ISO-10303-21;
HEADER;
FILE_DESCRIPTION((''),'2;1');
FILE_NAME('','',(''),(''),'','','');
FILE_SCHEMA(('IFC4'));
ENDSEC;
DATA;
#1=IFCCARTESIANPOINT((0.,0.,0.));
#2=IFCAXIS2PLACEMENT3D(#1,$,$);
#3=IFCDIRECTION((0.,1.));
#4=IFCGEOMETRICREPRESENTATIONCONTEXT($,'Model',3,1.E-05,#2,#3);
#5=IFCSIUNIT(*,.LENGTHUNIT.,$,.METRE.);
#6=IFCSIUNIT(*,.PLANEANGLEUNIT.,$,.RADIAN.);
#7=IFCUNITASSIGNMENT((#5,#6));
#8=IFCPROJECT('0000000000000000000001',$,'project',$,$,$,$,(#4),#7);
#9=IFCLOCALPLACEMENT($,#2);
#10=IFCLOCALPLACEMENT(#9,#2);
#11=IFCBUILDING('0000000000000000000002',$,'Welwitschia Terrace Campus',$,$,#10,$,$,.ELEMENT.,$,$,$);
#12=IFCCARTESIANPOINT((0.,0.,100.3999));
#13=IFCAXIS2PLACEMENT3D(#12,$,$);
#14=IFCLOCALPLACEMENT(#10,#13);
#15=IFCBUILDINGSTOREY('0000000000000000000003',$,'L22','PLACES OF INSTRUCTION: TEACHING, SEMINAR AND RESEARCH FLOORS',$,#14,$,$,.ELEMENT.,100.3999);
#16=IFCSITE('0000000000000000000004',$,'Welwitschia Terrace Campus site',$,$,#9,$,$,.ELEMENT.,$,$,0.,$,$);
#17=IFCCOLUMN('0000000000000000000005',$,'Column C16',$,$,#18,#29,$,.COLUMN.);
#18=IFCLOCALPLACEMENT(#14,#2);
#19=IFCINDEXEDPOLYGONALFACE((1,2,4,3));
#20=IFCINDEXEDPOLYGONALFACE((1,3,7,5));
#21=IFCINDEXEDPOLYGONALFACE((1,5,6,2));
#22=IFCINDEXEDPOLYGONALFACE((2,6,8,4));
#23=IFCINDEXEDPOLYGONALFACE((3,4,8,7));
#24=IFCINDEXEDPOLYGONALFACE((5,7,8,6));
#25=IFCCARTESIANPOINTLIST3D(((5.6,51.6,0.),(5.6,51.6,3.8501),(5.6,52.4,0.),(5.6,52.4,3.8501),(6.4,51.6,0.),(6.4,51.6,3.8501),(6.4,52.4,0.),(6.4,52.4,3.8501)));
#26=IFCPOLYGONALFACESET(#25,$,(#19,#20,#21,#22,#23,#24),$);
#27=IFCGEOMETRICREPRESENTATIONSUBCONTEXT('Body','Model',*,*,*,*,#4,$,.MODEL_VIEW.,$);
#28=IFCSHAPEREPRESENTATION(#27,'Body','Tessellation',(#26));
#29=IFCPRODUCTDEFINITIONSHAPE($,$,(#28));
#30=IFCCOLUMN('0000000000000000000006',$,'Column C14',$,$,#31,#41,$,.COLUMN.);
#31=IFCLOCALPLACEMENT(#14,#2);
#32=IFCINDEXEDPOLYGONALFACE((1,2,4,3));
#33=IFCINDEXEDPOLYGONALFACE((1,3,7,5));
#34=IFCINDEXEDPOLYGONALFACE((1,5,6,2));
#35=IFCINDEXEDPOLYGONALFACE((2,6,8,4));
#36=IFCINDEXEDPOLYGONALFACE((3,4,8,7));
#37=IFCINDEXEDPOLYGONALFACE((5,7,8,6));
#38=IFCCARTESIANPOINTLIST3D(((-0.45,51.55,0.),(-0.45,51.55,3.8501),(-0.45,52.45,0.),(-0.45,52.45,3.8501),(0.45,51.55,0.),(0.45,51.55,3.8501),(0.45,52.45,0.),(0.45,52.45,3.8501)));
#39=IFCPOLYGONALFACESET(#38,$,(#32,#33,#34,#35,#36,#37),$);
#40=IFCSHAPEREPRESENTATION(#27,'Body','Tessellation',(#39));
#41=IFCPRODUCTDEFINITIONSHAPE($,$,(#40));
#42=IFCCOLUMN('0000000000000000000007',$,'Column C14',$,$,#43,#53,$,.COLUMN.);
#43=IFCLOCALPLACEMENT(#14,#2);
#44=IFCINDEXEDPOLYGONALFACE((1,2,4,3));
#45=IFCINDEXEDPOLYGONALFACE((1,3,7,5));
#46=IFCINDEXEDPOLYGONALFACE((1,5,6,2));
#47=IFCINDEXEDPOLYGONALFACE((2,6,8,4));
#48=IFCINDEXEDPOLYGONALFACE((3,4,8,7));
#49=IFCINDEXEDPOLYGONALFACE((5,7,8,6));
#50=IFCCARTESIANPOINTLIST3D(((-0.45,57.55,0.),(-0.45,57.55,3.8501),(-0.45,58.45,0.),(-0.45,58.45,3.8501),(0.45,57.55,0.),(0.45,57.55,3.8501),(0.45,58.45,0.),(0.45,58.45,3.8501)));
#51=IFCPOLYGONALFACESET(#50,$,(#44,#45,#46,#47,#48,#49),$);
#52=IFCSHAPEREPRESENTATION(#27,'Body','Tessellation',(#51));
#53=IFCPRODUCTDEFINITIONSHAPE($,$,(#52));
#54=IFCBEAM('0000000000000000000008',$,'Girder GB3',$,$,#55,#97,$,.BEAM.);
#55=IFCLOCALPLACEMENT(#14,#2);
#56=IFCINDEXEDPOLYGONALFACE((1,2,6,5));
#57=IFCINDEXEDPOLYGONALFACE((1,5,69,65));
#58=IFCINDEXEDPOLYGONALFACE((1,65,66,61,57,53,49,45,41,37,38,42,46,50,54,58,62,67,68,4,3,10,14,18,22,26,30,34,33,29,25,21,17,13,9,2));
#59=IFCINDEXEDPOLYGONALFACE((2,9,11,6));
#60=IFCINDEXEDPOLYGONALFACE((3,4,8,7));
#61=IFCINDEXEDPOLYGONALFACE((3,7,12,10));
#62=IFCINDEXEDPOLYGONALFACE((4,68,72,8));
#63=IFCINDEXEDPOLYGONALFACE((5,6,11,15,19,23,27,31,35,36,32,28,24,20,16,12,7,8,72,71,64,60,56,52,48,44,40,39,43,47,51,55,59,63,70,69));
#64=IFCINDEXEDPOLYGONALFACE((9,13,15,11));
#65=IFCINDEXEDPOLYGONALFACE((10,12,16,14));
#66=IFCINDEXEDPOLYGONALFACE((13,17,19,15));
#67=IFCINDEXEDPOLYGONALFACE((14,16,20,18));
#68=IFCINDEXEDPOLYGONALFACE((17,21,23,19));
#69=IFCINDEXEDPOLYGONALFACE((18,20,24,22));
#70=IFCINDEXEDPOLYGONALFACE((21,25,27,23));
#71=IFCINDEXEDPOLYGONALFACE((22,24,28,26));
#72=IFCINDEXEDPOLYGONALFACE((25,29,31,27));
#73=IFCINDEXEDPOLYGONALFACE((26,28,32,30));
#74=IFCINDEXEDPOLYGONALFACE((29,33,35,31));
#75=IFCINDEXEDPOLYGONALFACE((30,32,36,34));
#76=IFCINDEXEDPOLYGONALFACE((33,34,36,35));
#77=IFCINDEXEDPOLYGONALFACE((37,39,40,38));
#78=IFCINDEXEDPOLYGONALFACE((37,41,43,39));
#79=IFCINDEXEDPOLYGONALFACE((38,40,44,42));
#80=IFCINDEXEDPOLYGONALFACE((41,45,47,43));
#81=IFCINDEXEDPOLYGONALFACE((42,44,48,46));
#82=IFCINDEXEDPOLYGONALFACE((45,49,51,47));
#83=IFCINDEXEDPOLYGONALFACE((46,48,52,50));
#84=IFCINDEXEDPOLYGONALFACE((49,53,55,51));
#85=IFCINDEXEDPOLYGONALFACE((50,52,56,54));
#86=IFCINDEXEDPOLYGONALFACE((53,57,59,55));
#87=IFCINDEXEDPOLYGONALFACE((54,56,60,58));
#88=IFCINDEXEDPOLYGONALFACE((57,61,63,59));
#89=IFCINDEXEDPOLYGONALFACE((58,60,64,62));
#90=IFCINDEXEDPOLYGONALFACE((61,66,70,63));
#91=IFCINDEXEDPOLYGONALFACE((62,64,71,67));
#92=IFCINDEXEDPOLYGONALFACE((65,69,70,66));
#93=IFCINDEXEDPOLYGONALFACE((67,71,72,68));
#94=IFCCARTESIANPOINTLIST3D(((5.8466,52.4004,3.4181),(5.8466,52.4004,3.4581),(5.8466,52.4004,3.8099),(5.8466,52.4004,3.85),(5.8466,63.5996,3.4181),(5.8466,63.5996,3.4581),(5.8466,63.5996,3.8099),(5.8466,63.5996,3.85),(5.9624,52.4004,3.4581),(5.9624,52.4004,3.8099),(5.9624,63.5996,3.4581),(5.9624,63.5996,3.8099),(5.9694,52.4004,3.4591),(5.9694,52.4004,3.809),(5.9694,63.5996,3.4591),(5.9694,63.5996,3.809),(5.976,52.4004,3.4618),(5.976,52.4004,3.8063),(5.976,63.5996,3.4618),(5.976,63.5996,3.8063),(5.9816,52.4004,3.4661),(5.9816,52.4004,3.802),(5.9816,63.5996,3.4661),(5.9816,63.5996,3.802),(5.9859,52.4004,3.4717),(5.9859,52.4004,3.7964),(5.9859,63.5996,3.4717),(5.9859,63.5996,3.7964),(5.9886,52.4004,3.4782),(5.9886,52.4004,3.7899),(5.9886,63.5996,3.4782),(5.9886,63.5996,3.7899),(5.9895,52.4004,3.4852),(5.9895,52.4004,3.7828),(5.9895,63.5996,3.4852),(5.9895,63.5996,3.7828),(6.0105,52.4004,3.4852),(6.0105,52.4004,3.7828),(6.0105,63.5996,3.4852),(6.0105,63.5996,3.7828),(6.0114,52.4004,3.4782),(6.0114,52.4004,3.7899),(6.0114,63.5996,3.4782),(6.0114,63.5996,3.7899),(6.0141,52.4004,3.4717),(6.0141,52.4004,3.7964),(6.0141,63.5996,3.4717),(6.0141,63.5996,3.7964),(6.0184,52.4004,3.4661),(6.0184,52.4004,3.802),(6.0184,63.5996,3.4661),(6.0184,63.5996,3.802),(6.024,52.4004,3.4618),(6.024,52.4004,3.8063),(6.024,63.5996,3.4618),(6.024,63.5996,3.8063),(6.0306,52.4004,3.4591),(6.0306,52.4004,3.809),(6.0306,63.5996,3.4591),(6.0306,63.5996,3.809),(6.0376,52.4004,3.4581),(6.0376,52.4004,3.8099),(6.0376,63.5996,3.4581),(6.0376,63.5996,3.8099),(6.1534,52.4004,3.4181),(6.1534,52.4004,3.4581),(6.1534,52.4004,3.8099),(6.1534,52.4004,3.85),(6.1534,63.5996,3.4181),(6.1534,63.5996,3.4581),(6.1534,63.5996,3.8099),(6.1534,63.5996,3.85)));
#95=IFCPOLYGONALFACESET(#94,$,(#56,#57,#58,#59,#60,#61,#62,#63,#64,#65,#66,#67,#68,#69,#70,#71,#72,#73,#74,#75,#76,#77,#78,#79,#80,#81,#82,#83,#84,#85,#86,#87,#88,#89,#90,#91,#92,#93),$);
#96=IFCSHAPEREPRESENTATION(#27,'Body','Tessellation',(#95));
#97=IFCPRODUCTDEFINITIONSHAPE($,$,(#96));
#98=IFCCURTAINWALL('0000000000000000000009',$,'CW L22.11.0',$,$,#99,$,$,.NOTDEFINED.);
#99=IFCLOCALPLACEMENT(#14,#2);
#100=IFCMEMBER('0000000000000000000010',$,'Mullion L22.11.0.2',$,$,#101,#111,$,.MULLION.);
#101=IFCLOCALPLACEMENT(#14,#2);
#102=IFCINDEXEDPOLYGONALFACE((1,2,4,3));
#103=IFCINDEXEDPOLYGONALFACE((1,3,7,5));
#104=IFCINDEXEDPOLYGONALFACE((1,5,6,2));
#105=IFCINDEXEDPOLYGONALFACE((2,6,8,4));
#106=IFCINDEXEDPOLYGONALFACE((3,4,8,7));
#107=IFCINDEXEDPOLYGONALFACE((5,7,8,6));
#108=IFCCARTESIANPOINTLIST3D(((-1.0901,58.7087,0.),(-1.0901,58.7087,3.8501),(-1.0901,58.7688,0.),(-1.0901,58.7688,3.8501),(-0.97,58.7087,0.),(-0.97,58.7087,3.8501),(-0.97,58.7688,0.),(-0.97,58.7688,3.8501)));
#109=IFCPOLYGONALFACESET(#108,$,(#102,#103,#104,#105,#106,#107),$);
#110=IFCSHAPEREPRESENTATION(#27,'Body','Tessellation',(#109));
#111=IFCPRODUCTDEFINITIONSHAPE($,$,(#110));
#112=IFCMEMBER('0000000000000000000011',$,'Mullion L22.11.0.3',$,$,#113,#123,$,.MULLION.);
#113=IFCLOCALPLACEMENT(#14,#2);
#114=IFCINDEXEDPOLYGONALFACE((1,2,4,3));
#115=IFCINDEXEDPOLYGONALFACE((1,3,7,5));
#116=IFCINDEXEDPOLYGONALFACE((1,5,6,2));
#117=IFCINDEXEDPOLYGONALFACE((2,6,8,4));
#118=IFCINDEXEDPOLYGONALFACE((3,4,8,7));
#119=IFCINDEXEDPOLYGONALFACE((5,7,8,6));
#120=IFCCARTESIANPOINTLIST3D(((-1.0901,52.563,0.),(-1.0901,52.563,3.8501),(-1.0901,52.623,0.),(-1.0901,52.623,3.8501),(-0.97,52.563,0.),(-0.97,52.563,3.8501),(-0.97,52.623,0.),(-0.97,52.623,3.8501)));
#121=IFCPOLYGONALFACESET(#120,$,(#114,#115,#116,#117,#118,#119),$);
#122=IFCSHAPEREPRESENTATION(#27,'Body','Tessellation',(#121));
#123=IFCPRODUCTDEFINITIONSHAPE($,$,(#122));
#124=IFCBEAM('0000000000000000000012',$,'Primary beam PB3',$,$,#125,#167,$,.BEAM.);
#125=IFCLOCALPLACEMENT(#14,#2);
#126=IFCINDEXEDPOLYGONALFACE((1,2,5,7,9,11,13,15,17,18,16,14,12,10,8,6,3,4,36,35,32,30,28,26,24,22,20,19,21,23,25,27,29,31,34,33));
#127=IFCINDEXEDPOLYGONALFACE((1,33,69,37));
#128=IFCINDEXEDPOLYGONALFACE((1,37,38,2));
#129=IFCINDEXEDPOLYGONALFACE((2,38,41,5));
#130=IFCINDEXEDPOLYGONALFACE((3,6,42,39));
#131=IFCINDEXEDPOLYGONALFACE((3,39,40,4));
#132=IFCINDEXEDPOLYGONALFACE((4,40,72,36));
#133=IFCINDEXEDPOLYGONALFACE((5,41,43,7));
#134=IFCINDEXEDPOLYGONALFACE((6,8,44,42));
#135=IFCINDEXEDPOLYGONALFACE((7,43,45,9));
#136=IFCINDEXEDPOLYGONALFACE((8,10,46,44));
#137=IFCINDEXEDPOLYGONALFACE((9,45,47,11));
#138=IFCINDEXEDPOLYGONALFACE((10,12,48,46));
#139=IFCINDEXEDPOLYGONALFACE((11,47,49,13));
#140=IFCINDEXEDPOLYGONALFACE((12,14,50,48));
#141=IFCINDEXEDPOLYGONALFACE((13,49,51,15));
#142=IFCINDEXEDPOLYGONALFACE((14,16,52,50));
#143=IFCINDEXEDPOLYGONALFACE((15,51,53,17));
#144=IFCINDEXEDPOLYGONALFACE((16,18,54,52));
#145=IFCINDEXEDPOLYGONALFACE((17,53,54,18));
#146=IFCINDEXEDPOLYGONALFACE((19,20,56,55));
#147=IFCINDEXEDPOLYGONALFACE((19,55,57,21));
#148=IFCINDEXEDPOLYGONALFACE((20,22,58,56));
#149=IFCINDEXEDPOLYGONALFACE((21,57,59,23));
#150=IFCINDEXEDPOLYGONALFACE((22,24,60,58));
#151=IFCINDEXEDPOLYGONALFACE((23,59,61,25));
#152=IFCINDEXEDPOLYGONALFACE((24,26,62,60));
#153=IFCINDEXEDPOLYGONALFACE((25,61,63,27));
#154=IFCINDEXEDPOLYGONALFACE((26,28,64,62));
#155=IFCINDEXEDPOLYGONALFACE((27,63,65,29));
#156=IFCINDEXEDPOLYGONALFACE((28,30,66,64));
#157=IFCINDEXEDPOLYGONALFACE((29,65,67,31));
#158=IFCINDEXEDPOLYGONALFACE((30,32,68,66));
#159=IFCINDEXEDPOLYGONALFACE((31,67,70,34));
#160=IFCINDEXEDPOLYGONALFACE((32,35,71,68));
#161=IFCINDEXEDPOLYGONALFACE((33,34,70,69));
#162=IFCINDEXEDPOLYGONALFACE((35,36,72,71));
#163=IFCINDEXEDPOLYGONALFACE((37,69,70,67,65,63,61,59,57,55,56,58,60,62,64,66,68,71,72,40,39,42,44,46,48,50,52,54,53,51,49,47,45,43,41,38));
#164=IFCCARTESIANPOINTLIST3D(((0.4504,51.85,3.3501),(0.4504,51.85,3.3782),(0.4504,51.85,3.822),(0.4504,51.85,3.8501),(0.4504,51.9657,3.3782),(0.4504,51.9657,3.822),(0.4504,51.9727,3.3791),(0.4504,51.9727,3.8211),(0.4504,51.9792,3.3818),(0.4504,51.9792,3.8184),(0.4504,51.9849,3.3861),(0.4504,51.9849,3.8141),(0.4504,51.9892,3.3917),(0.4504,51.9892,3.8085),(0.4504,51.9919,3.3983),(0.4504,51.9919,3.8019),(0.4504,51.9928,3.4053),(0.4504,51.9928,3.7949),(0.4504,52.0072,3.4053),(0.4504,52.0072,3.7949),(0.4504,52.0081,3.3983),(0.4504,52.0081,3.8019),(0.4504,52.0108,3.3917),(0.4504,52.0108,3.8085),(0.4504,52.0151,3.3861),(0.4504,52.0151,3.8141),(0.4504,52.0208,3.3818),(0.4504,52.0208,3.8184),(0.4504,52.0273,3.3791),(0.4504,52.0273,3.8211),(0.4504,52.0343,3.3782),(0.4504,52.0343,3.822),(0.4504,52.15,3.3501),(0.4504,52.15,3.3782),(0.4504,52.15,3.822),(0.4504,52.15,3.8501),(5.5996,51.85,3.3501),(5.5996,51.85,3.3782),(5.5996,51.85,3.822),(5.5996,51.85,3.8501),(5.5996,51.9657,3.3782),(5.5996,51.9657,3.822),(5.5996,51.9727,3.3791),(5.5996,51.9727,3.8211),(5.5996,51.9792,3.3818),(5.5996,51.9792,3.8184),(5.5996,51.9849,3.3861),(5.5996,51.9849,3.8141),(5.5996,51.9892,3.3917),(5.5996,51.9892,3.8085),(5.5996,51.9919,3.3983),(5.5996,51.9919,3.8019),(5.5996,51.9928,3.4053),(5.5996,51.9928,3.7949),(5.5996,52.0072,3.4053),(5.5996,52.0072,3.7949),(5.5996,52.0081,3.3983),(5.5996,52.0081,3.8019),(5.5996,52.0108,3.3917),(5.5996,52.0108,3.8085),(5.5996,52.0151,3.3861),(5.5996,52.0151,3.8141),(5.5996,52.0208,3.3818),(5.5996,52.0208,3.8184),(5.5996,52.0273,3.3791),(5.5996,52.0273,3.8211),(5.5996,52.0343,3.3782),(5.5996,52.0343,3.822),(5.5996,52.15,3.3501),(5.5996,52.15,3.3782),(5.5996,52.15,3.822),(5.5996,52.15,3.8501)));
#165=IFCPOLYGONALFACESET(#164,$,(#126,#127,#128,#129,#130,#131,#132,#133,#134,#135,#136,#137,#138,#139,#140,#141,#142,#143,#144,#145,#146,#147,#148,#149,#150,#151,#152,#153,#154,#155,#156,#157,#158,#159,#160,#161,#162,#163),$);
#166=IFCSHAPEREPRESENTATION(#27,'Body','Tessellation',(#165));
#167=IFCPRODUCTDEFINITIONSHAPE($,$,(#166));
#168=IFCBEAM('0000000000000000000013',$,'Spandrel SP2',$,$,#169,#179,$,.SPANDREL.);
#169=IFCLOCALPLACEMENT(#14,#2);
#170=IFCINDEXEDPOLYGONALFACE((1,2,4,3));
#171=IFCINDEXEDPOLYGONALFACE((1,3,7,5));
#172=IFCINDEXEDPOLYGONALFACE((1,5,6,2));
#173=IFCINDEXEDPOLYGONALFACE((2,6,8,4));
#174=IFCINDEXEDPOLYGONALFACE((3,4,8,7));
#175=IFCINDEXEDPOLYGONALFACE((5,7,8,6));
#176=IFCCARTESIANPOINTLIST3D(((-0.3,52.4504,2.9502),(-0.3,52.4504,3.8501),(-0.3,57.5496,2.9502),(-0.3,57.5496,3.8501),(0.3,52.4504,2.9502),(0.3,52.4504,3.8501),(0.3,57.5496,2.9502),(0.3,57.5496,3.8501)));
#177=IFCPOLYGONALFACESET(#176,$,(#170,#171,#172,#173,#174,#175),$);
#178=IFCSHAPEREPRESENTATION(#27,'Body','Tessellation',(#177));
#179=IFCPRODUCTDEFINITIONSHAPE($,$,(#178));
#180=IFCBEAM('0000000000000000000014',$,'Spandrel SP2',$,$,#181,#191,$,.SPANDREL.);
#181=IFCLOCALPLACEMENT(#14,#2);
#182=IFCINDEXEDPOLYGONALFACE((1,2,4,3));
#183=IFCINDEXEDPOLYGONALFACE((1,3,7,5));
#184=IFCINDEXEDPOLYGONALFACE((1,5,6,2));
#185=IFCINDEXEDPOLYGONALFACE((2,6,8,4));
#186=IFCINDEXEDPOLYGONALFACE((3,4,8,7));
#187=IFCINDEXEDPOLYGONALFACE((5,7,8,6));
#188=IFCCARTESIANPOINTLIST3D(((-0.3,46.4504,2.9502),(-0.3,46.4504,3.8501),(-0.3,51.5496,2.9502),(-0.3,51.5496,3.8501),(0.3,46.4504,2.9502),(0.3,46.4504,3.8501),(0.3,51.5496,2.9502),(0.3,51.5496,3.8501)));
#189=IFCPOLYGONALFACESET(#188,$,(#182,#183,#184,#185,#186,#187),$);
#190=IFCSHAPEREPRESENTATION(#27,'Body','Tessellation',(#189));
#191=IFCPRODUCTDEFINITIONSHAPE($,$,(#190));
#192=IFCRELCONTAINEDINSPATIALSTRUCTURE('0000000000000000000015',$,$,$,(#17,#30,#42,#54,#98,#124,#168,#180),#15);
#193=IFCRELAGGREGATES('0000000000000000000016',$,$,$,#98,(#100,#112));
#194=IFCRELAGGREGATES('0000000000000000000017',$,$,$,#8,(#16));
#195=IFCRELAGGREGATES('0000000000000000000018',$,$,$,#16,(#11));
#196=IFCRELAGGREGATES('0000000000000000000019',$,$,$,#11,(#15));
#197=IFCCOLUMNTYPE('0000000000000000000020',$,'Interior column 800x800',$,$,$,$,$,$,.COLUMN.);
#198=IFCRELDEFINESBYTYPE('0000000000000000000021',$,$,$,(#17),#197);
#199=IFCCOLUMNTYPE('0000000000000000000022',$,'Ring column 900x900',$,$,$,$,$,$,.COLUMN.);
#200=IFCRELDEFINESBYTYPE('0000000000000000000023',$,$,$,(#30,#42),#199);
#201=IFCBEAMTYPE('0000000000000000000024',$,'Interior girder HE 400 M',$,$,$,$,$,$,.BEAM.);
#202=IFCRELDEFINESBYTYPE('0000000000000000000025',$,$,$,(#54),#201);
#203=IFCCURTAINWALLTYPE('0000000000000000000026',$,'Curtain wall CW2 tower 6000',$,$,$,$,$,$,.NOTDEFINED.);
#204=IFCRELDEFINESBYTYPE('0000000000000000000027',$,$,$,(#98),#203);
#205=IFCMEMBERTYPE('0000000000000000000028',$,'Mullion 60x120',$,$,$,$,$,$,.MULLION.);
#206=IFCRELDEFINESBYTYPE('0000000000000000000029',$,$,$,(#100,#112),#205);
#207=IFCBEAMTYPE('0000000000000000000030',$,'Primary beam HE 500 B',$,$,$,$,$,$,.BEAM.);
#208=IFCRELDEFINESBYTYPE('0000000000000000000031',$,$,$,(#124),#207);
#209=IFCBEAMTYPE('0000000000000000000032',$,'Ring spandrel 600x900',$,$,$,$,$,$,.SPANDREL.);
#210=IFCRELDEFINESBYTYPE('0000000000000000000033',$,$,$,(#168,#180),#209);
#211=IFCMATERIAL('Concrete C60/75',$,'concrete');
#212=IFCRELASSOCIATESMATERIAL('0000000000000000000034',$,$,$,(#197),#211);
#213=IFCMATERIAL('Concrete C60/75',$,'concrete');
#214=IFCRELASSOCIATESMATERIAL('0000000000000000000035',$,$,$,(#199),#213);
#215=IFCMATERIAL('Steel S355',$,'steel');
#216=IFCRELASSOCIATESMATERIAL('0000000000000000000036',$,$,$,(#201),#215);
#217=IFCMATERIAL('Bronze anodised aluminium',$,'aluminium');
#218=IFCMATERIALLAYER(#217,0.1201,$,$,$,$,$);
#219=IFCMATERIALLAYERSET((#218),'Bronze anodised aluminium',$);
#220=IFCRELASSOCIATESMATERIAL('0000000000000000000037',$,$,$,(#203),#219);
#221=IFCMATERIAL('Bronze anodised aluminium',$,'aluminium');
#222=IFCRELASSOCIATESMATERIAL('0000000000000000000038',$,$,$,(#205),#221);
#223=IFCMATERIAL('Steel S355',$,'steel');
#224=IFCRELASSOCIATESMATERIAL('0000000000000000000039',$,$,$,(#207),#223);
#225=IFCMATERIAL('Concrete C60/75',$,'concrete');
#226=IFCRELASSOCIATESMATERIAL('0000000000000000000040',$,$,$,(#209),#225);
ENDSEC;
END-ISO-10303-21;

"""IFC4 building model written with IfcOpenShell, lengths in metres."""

from ifc_helpers import new_model, si_unit, direction, frame, origin, origin_2d, place, context, subcontext, project, spatial, rectangle, i_section, extrude, material, layer, layer_set, material_profile, profile_set, type_object, element, aggregate, save


model = new_model("IFC4")

# Units and contexts
model_context = context("Model", 3, precision=1e-05, world=origin(), true_north=direction((0.0, 1.0)))
body_context = subcontext(model_context, "Body", "Model", "MODEL_VIEW")
ifc_project = project(units=[si_unit("LENGTHUNIT", "METRE"), si_unit("PLANEANGLEUNIT", "RADIAN")], contexts=[model_context])

# Site, building, storey
site_placement = place(None, origin())
site = spatial("IfcSite", under=ifc_project, at=site_placement, Name="Welwitschia Terrace Campus site", CompositionType="ELEMENT", RefElevation=0.0)
building_placement = place(site_placement, origin())
building = spatial("IfcBuilding", under=site, at=building_placement, Name="Welwitschia Terrace Campus", CompositionType="ELEMENT")
storey_placement = place(building_placement, frame((0.0, 0.0, 100.3999)))
storey = spatial("IfcBuildingStorey", under=building, at=storey_placement, Name="L22", Description="PLACES OF INSTRUCTION: TEACHING, SEMINAR AND RESEARCH FLOORS", CompositionType="ELEMENT", Elevation=100.3999)

# Columns
ifc_material_1 = material(Name="Concrete C60/75", Category="concrete")
ifc_material_profile_1 = material_profile(ifc_material_1, rectangle(XDim=0.8, YDim=0.8, at=origin_2d()))
ifc_profile_set_1 = profile_set([ifc_material_profile_1], Name="Concrete C60/75")
column_type_1 = type_object("IfcColumnType", Name="Interior column 800x800", PredefinedType="COLUMN", material=ifc_profile_set_1)
column_placement = place(storey_placement, frame((6.0, 52.0, 0.0), z_axis=(0.0, 0.0, 1.0), x_axis=(1.0, 0.0, 0.0)))
element("IfcColumn", 1, at=column_placement, inside=storey, type_object=column_type_1, Name="Column C16", PredefinedType="COLUMN", context=body_context, shape_type="SweptSolid", body=[
    extrude(rectangle(XDim=0.8, YDim=0.8, at=origin_2d()), origin(), (0.0, 0.0, 1.0), 3.8501),
])
ifc_material_2 = material(Name="Concrete C60/75", Category="concrete")
ifc_material_profile_2 = material_profile(ifc_material_2, rectangle(XDim=0.8999, YDim=0.8999, at=origin_2d()))
ifc_profile_set_2 = profile_set([ifc_material_profile_2], Name="Concrete C60/75")
column_type_2 = type_object("IfcColumnType", Name="Ring column 900x900", PredefinedType="COLUMN", material=ifc_profile_set_2)
for number, where, z_axis, x_axis, name in (
    (2, (0.0, 52.0, 0.0), (0.0, 0.0, 1.0), (1.0, 0.0, 0.0), "Column C14"),
    (3, (0.0, 58.0, 0.0), (0.0, 0.0, 1.0), (1.0, 0.0, 0.0), "Column C14"),
):
    element("IfcColumn", number, at=place(storey_placement, frame(where, z_axis=z_axis, x_axis=x_axis)), inside=storey, type_object=column_type_2, Name=name, PredefinedType="COLUMN", context=body_context, shape_type="SweptSolid", body=[
        extrude(rectangle(XDim=0.8999, YDim=0.8999, at=origin_2d()), origin(), (0.0, 0.0, 1.0), 3.8501),
    ])

# Beam
ifc_material_3 = material(Name="Steel S355", Category="steel")
ifc_material_profile_3 = material_profile(ifc_material_3, i_section(OverallWidth=0.3069, OverallDepth=0.4319, WebThickness=0.021, FlangeThickness=0.04, FilletRadius=0.0271, at=origin_2d()))
ifc_profile_set_3 = profile_set([ifc_material_profile_3], Name="Steel S355")
beam_type_1 = type_object("IfcBeamType", Name="Interior girder HE 400 M", PredefinedType="BEAM", material=ifc_profile_set_3)
beam_1_placement = place(storey_placement, frame((6.0, 52.4004, 3.634), z_axis=(0.0, 1.0, 0.0), x_axis=(-1.0, 0.0, 0.0)))
element("IfcBeam", 4, at=beam_1_placement, inside=storey, type_object=beam_type_1, Name="Girder GB3", PredefinedType="BEAM", context=body_context, shape_type="SweptSolid", body=[
    extrude(i_section(OverallWidth=0.3069, OverallDepth=0.4319, WebThickness=0.021, FlangeThickness=0.04, FilletRadius=0.0271, at=origin_2d()), origin(), (0.0, 0.0, 1.0), 11.1992),
])

# Curtain wall, members
ifc_material_4 = material(Name="Bronze anodised aluminium", Category="aluminium")
ifc_layer_1 = layer(ifc_material_4, 0.1201)
ifc_layer_set_1 = layer_set([ifc_layer_1], Name="Bronze anodised aluminium")
curtain_wall_type = type_object("IfcCurtainWallType", Name="Curtain wall CW2 tower 6000", PredefinedType="NOTDEFINED", material=ifc_layer_set_1)
curtain_wall_placement = place(storey_placement, origin())
curtain_wall = element("IfcCurtainWall", 5, at=curtain_wall_placement, inside=storey, type_object=curtain_wall_type, Name="CW L22.11.0", PredefinedType="NOTDEFINED")
ifc_material_5 = material(Name="Bronze anodised aluminium", Category="aluminium")
ifc_material_profile_4 = material_profile(ifc_material_5, rectangle(XDim=0.1201, YDim=0.0601, at=origin_2d()))
ifc_profile_set_4 = profile_set([ifc_material_profile_4], Name="Bronze anodised aluminium")
member_type = type_object("IfcMemberType", Name="Mullion 60x120", PredefinedType="MULLION", material=ifc_profile_set_4)
member_1_placement = place(storey_placement, frame((-1.03, 58.7388, 0.0), z_axis=(0.0, 0.0, 1.0), x_axis=(1.0, 0.0, 0.0)))
member_1 = element("IfcMember", 6, at=member_1_placement, type_object=member_type, Name="Mullion L22.11.0.2", PredefinedType="MULLION", context=body_context, shape_type="SweptSolid", body=[
    extrude(rectangle(XDim=0.1201, YDim=0.0601, at=origin_2d()), origin(), (0.0, 0.0, 1.0), 3.8501),
])
member_2_placement = place(storey_placement, frame((-1.03, 52.593, 0.0), z_axis=(0.0, 0.0, 1.0), x_axis=(1.0, 0.0, 0.0)))
member_2 = element("IfcMember", 7, at=member_2_placement, type_object=member_type, Name="Mullion L22.11.0.3", PredefinedType="MULLION", context=body_context, shape_type="SweptSolid", body=[
    extrude(rectangle(XDim=0.1201, YDim=0.0601, at=origin_2d()), origin(), (0.0, 0.0, 1.0), 3.8501),
])

# Beams
ifc_material_6 = material(Name="Steel S355", Category="steel")
ifc_material_profile_5 = material_profile(ifc_material_6, i_section(OverallWidth=0.3, OverallDepth=0.5, WebThickness=0.0144, FlangeThickness=0.0281, FilletRadius=0.0271, at=origin_2d()))
ifc_profile_set_5 = profile_set([ifc_material_profile_5], Name="Steel S355")
beam_type_2 = type_object("IfcBeamType", Name="Primary beam HE 500 B", PredefinedType="BEAM", material=ifc_profile_set_5)
beam_2_placement = place(storey_placement, frame((0.4504, 52.0, 3.6001), z_axis=(1.0, 0.0, 0.0), x_axis=(0.0, 1.0, 0.0)))
element("IfcBeam", 8, at=beam_2_placement, inside=storey, type_object=beam_type_2, Name="Primary beam PB3", PredefinedType="BEAM", context=body_context, shape_type="SweptSolid", body=[
    extrude(i_section(OverallWidth=0.3, OverallDepth=0.5, WebThickness=0.0144, FlangeThickness=0.0281, FilletRadius=0.0271, at=origin_2d()), origin(), (0.0, 0.0, 1.0), 5.1492),
])
ifc_material_7 = material(Name="Concrete C60/75", Category="concrete")
ifc_material_profile_6 = material_profile(ifc_material_7, rectangle(XDim=0.6001, YDim=0.8999, at=origin_2d()))
ifc_profile_set_6 = profile_set([ifc_material_profile_6], Name="Concrete C60/75")
beam_type_3 = type_object("IfcBeamType", Name="Ring spandrel 600x900", PredefinedType="SPANDREL", material=ifc_profile_set_6)
for number, where, z_axis, x_axis, name in (
    (9, (0.0, 57.5496, 3.4001), (0.0, -1.0, 0.0), (1.0, 0.0, 0.0), "Spandrel SP2"),
    (10, (0.0, 51.5496, 3.4001), (0.0, -1.0, 0.0), (1.0, 0.0, 0.0), "Spandrel SP2"),
):
    element("IfcBeam", number, at=place(storey_placement, frame(where, z_axis=z_axis, x_axis=x_axis)), inside=storey, type_object=beam_type_3, Name=name, PredefinedType="SPANDREL", context=body_context, shape_type="SweptSolid", body=[
        extrude(rectangle(XDim=0.6001, YDim=0.8999, at=origin_2d()), origin(), (0.0, 0.0, 1.0), 5.0991),
    ])

aggregate(curtain_wall, [member_1, member_2])

save(model, "model.ifc")
